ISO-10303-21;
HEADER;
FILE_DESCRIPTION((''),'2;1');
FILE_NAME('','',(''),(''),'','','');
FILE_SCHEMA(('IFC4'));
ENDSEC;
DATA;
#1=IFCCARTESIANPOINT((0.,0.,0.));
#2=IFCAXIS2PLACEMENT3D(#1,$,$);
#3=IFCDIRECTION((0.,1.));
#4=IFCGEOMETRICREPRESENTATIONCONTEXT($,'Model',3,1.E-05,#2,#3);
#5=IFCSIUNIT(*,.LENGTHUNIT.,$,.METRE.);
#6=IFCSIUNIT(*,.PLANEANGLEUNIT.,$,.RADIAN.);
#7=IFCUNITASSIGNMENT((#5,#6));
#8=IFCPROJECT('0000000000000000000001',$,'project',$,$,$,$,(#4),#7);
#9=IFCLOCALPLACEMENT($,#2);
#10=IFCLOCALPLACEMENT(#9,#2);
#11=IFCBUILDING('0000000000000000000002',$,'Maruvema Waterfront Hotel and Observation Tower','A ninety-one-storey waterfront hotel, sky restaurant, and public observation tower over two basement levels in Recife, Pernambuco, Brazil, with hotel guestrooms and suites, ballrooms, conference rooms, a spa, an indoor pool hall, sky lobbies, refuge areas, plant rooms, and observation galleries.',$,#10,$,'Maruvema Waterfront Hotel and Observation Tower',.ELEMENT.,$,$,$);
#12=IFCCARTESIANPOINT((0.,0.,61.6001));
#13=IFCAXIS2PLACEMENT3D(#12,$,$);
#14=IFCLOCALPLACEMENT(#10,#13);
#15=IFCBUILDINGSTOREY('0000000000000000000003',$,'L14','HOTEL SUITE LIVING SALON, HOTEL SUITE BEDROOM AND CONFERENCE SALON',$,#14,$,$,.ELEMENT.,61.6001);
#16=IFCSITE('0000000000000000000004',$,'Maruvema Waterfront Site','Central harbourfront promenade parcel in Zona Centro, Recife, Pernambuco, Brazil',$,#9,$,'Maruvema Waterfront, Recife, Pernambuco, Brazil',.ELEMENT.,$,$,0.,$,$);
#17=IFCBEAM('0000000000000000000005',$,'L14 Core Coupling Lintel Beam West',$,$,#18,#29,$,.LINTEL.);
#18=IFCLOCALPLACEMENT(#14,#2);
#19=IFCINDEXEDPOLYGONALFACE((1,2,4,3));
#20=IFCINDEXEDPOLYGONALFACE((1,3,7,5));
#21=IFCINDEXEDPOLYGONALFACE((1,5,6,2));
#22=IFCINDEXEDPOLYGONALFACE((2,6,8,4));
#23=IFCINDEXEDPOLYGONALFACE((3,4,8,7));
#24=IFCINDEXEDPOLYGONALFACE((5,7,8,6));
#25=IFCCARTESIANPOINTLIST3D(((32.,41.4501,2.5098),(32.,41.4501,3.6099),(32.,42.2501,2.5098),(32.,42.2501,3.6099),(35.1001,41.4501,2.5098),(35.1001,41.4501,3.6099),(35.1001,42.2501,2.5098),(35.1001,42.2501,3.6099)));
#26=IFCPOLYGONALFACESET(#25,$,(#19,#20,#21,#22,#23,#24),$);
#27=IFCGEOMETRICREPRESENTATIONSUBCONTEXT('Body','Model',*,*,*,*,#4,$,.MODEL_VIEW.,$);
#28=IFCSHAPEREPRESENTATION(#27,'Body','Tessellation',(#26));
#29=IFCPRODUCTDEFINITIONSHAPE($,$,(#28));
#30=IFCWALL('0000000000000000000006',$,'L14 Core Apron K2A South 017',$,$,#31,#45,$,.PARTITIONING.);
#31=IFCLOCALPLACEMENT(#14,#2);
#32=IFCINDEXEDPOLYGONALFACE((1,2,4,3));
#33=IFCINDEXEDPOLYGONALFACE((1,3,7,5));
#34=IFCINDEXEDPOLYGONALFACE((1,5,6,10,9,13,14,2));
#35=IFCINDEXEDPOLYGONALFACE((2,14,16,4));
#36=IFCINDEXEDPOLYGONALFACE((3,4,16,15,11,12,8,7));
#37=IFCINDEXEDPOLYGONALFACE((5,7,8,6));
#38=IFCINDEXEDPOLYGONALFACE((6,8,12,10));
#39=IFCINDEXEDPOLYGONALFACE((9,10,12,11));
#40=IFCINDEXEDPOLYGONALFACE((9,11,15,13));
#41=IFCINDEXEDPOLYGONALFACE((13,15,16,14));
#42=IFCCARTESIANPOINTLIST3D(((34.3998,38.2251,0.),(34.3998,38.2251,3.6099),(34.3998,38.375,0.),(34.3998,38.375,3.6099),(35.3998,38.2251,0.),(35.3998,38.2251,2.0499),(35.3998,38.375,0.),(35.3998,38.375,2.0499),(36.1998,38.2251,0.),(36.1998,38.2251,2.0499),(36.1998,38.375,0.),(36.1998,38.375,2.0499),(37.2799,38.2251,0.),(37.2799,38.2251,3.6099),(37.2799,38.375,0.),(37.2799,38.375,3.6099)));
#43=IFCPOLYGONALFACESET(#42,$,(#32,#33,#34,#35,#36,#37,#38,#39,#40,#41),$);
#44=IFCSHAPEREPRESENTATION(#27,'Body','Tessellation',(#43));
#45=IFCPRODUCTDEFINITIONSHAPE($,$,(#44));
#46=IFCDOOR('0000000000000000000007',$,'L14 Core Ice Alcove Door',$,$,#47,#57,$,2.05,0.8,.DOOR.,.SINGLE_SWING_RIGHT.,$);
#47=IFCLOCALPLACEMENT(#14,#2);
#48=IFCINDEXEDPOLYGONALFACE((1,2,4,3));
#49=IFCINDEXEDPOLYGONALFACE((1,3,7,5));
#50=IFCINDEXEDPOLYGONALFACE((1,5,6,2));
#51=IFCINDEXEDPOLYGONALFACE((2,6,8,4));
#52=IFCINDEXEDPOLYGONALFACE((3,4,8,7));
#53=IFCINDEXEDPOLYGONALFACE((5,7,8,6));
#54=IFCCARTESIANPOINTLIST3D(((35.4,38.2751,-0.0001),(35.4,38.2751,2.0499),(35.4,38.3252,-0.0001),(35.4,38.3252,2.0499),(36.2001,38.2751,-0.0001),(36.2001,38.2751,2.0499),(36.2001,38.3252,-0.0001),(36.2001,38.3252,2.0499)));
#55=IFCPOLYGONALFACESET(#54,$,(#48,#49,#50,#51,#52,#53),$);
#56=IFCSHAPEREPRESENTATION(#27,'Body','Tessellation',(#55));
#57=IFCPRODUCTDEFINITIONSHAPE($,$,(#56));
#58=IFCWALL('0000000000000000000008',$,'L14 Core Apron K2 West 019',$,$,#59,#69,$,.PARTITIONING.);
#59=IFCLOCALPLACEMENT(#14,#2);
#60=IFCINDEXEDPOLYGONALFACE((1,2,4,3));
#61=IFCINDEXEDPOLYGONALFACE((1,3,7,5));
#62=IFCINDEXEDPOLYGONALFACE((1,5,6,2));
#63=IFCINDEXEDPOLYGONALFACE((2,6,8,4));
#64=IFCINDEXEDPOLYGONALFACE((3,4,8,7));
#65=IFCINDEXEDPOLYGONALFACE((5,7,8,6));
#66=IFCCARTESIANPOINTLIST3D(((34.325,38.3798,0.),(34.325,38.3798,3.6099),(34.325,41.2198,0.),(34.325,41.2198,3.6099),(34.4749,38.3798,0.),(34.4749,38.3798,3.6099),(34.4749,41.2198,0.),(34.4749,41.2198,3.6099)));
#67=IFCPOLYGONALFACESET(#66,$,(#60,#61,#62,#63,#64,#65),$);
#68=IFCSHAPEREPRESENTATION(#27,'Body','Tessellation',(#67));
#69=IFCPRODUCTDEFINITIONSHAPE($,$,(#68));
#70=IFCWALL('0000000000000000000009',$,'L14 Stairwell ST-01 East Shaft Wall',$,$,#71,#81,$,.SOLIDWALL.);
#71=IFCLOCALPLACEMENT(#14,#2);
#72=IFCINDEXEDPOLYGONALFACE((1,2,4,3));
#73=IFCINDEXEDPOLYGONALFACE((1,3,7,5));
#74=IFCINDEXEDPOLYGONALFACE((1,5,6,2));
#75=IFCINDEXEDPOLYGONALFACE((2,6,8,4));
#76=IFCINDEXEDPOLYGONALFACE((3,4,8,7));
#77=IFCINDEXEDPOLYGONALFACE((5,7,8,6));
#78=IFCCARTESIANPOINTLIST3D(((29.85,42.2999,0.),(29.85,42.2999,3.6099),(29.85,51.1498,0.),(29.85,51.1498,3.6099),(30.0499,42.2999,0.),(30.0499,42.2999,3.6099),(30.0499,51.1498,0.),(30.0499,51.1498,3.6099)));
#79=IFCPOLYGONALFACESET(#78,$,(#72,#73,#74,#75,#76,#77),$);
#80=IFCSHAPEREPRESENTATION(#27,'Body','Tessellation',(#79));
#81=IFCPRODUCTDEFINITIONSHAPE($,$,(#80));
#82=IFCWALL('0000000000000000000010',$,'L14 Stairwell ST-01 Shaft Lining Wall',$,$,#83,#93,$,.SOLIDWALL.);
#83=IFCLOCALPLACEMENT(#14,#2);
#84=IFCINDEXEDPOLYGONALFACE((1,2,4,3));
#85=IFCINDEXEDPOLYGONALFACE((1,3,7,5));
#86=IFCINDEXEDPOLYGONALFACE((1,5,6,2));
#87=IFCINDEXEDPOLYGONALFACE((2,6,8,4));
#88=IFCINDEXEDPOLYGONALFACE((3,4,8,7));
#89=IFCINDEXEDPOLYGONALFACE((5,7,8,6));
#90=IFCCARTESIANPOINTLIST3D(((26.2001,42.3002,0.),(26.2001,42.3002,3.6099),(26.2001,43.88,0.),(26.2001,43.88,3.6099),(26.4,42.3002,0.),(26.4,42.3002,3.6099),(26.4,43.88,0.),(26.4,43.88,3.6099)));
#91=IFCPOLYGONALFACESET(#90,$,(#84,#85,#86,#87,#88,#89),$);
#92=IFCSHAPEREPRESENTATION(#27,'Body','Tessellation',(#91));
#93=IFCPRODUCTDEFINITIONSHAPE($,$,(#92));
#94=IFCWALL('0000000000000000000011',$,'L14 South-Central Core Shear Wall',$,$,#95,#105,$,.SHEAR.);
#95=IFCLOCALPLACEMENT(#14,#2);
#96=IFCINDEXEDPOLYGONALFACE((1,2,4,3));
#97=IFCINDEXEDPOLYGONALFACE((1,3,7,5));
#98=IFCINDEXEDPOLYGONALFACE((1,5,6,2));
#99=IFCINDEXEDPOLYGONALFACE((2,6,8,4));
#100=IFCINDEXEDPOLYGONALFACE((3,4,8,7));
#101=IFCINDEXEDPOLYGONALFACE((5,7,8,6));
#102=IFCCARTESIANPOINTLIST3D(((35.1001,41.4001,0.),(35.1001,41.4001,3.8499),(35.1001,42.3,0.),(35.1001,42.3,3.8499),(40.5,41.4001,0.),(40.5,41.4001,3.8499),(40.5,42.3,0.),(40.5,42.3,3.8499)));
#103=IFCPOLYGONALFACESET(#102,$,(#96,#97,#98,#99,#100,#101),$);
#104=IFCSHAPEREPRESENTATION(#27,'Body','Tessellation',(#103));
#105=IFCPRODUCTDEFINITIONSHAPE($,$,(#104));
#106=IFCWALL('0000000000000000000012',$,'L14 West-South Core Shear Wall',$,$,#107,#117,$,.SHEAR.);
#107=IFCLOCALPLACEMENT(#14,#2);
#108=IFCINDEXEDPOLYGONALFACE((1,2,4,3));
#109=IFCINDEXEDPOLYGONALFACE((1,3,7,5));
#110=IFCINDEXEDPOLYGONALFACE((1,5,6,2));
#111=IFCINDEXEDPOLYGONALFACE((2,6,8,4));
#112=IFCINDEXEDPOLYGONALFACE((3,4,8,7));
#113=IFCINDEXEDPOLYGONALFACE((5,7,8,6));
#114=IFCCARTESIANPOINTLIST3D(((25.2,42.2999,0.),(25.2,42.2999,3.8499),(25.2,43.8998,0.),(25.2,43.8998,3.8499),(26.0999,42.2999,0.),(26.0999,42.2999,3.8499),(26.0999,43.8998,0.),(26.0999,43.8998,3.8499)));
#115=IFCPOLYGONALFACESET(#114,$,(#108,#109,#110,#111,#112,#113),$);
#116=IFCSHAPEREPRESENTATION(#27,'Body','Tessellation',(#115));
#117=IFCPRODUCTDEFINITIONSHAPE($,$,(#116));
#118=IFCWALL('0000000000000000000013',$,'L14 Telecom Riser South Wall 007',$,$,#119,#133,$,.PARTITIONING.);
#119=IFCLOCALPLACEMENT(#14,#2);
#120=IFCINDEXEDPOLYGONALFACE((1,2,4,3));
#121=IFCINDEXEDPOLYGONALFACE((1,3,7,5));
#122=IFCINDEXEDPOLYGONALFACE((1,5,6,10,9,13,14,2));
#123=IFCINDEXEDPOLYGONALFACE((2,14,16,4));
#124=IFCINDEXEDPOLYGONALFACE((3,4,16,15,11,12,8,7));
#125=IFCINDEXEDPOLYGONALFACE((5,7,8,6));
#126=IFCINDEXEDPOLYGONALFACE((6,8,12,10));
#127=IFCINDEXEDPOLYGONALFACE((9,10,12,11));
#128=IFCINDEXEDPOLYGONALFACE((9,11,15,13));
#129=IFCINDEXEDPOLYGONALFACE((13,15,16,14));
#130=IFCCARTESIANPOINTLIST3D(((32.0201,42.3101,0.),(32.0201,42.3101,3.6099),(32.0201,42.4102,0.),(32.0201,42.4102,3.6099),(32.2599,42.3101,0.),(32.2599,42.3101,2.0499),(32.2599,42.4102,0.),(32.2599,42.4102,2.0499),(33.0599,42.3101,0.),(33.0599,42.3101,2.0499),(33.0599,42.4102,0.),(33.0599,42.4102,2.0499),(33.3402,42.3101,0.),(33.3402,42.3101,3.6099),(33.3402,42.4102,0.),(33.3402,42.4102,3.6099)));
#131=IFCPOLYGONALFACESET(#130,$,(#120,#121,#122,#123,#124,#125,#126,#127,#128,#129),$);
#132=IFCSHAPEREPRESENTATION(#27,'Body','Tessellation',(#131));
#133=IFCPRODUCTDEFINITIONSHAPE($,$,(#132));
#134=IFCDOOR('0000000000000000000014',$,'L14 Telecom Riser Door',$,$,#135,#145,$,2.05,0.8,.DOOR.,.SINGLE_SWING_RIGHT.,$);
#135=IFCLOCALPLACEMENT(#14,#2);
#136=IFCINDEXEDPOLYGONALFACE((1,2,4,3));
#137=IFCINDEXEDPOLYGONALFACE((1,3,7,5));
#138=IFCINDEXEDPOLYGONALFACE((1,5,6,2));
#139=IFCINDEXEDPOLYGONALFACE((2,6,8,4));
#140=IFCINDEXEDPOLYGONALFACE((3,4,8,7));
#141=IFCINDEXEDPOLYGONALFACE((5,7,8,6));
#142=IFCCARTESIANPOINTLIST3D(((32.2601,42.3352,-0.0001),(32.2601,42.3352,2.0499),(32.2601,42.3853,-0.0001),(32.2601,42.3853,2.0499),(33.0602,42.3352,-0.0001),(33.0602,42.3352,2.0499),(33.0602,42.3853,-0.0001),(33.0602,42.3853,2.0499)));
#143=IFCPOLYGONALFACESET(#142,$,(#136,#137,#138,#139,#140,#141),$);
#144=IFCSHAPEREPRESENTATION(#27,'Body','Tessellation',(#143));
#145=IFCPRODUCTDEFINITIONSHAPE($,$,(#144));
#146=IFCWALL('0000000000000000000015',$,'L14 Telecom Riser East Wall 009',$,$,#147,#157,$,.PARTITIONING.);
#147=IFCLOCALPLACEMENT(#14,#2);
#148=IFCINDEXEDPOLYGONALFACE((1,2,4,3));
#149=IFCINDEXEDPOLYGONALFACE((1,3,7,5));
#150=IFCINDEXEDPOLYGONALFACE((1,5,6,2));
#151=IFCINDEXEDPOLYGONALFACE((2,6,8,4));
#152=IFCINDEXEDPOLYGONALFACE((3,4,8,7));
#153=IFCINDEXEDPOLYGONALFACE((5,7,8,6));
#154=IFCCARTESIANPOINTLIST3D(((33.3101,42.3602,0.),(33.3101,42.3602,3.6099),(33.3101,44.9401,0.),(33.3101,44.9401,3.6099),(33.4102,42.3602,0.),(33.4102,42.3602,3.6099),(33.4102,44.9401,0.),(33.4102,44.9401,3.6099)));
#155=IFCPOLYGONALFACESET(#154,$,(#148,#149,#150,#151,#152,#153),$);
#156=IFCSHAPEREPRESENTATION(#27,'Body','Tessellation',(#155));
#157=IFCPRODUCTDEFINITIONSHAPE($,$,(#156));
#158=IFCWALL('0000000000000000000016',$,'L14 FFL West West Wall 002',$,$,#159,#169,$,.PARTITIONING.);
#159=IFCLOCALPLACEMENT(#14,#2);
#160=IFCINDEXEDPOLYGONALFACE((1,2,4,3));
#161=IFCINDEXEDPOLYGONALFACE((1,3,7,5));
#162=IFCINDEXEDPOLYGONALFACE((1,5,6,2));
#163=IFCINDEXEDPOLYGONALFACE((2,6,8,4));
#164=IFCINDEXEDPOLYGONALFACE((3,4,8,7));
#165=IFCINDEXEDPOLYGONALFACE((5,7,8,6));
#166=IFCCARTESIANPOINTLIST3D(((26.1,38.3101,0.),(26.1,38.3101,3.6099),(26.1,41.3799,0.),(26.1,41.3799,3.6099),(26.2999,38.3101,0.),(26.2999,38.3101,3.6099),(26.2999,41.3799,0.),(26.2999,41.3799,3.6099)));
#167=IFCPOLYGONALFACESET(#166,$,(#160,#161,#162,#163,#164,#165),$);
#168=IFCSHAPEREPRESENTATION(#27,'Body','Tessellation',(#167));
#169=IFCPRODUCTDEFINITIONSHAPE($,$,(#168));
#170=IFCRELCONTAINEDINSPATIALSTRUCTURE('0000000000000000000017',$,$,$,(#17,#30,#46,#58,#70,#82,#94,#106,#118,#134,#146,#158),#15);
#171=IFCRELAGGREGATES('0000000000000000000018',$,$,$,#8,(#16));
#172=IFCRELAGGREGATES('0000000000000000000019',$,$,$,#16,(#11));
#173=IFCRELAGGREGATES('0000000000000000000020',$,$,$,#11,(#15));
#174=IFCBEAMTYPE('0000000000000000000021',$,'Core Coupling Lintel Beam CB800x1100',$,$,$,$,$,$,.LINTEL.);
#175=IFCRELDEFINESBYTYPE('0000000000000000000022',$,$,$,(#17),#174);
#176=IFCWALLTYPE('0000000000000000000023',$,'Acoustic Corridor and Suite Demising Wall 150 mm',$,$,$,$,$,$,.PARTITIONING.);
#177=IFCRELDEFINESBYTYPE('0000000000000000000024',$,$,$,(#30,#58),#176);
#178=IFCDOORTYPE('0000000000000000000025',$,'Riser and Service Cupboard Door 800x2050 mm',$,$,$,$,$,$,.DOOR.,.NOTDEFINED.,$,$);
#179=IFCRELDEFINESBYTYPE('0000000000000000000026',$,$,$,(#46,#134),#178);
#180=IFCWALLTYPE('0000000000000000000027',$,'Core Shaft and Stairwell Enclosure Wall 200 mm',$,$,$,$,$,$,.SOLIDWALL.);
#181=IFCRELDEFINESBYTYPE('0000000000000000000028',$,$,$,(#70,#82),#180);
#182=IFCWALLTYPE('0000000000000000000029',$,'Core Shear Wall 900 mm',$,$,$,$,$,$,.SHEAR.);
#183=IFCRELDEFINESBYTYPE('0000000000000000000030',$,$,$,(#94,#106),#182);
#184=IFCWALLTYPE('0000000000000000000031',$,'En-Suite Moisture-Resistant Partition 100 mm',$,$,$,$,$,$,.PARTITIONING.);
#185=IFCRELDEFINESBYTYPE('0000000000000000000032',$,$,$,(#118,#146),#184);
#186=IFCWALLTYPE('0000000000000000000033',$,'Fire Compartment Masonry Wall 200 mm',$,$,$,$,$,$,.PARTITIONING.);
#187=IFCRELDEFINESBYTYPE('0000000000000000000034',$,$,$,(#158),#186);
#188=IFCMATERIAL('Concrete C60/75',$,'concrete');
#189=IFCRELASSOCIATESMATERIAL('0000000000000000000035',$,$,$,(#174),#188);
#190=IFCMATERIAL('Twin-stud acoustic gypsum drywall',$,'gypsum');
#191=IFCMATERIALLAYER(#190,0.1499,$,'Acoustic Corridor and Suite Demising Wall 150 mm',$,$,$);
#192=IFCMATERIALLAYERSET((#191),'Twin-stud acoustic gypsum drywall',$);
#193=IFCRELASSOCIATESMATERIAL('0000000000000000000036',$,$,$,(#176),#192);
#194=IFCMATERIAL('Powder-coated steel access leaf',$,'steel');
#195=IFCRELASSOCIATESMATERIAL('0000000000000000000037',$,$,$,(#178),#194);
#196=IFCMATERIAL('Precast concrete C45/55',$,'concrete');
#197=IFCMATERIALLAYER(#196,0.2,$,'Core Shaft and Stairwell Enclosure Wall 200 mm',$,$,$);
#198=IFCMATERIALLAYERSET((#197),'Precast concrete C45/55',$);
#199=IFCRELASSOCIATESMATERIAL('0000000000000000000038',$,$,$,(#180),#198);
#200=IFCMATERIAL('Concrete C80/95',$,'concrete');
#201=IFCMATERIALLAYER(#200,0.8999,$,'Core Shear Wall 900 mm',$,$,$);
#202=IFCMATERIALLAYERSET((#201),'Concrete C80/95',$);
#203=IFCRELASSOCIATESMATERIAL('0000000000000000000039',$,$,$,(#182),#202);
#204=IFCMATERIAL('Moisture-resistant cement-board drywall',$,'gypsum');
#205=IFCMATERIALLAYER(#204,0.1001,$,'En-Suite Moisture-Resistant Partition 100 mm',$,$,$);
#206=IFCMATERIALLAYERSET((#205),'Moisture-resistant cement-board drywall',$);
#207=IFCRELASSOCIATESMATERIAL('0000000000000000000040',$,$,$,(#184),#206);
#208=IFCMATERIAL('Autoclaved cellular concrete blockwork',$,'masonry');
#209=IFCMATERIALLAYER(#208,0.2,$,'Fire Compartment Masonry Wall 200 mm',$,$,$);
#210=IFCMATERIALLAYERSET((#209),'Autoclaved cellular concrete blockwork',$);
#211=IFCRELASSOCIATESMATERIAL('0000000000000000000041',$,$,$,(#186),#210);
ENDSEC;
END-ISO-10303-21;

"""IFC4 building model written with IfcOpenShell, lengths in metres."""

from ifc_helpers import new_model, si_unit, direction, frame, frame_2d, origin, origin_2d, place, context, subcontext, project, spatial, rectangle, extrude, material, layer, layer_set, material_profile, profile_set, type_object, element, fill, save


model = new_model("IFC4")

# Units and contexts
model_context = context("Model", 3, precision=1e-05, world=origin(), true_north=direction((0.0, 1.0)))
body_context = subcontext(model_context, "Body", "Model", "MODEL_VIEW")
ifc_project = project(units=[si_unit("LENGTHUNIT", "METRE"), si_unit("PLANEANGLEUNIT", "RADIAN")], contexts=[model_context])

# Site, building, storey
site_placement = place(None, origin())
site = spatial("IfcSite", under=ifc_project, at=site_placement, Name="Maruvema Waterfront Site", Description="Central harbourfront promenade parcel in Zona Centro, Recife, Pernambuco, Brazil", LongName="Maruvema Waterfront, Recife, Pernambuco, Brazil", CompositionType="ELEMENT", RefElevation=0.0)
building_placement = place(site_placement, origin())
building = spatial("IfcBuilding", under=site, at=building_placement, Name="Maruvema Waterfront Hotel and Observation Tower", Description="A ninety-one-storey waterfront hotel, sky restaurant, and public observation tower over two basement levels in Recife, Pernambuco, Brazil, with hotel guestrooms and suites, ballrooms, conference rooms, a spa, an indoor pool hall, sky lobbies, refuge areas, plant rooms, and observation galleries.", LongName="Maruvema Waterfront Hotel and Observation Tower", CompositionType="ELEMENT")
storey_placement = place(building_placement, frame((0.0, 0.0, 61.6001)))
storey = spatial("IfcBuildingStorey", under=building, at=storey_placement, Name="L14", Description="HOTEL SUITE LIVING SALON, HOTEL SUITE BEDROOM AND CONFERENCE SALON", CompositionType="ELEMENT", Elevation=61.6001)

# Beam
ifc_material_1 = material(Name="Concrete C60/75", Category="concrete")
ifc_material_profile = material_profile(ifc_material_1, rectangle(XDim=0.8, YDim=1.1001, at=origin_2d()), Name="CB800x1100")
ifc_profile_set = profile_set([ifc_material_profile], Name="Concrete C60/75")
beam_type = type_object("IfcBeamType", Name="Core Coupling Lintel Beam CB800x1100", PredefinedType="LINTEL", material=ifc_profile_set)
beam_placement = place(storey_placement, frame((32.0, 41.8501, 3.0598), z_axis=(1.0, 0.0, 0.0), x_axis=(0.0, 1.0, 0.0)))
element("IfcBeam", 1, at=beam_placement, inside=storey, type_object=beam_type, Name="L14 Core Coupling Lintel Beam West", PredefinedType="LINTEL", context=body_context, shape_type="SweptSolid", body=[
    extrude(rectangle(XDim=0.8, YDim=1.1001, at=origin_2d()), origin(), (0.0, 0.0, 1.0), 3.1001),
])

# Wall, opening, door
ifc_material_2 = material(Name="Twin-stud acoustic gypsum drywall", Category="gypsum")
ifc_layer_1 = layer(ifc_material_2, 0.1499, Name="Acoustic Corridor and Suite Demising Wall 150 mm")
ifc_layer_set_1 = layer_set([ifc_layer_1], Name="Twin-stud acoustic gypsum drywall")
wall_type_1 = type_object("IfcWallType", Name="Acoustic Corridor and Suite Demising Wall 150 mm", PredefinedType="PARTITIONING", material=ifc_layer_set_1)
wall_1_placement = place(storey_placement, frame((34.3999, 38.3, 0.0), z_axis=(0.0, 0.0, 1.0), x_axis=(1.0, 0.0, 0.0)))
wall_1 = element("IfcWall", 2, at=wall_1_placement, inside=storey, type_object=wall_type_1, Name="L14 Core Apron K2A South 017", PredefinedType="PARTITIONING", context=body_context, shape_type="SweptSolid", body=[
    extrude(rectangle(XDim=2.8801, YDim=0.1499, at=frame_2d((1.4399, 0.0))), origin(), (0.0, 0.0, 1.0), 3.6099),
])
opening_1_placement = place(wall_1_placement, frame((1.0, 0.0, 0.0)))
opening_1 = element("IfcOpeningElement", 3, at=opening_1_placement, cuts=wall_1, PredefinedType="OPENING", context=body_context, shape_type="SweptSolid", body=[
    extrude(rectangle(XDim=0.8, YDim=2.05, at=frame_2d((0.3999, 1.0249))), frame((0.0, 0.085, 0.0), z_axis=(0.0, -1.0, 0.0), x_axis=(1.0, 0.0, 0.0)), (0.0, 0.0, 1.0), 0.1699),
])
ifc_material_3 = material(Name="Powder-coated steel access leaf", Category="steel")
door_type_1 = type_object("IfcDoorType", Name="Riser and Service Cupboard Door 800x2050 mm", OperationType="NOTDEFINED", PredefinedType="DOOR", material=ifc_material_3)
door_1_placement = place(opening_1_placement, frame((0.8, 0.0, 0.0), z_axis=(0.0, 0.0, 1.0), x_axis=(-1.0, 0.0, 0.0)))
door_1 = element("IfcDoor", 4, at=door_1_placement, inside=storey, type_object=door_type_1, Name="L14 Core Ice Alcove Door", OperationType="SINGLE_SWING_RIGHT", OverallHeight=2.05, OverallWidth=0.8, PredefinedType="DOOR", context=body_context, shape_type="SweptSolid", body=[
    extrude(rectangle(XDim=0.8, YDim=2.05, at=frame_2d((0.3999, 1.0249))), frame((0.0, 0.0249, 0.0), z_axis=(0.0, -1.0, 0.0), x_axis=(1.0, 0.0, 0.0)), (0.0, 0.0, 1.0), 0.05),
])
fill(opening_1, door_1)

# Walls
wall_2_placement = place(storey_placement, frame((34.3999, 38.3799, 0.0), z_axis=(0.0, 0.0, 1.0), x_axis=(0.0, 1.0, 0.0)))
element("IfcWall", 5, at=wall_2_placement, inside=storey, type_object=wall_type_1, Name="L14 Core Apron K2 West 019", PredefinedType="PARTITIONING", context=body_context, shape_type="SweptSolid", body=[
    extrude(rectangle(XDim=2.8401, YDim=0.1499, at=frame_2d((1.4199, 0.0))), origin(), (0.0, 0.0, 1.0), 3.6099),
])
ifc_material_4 = material(Name="Precast concrete C45/55", Category="concrete")
ifc_layer_2 = layer(ifc_material_4, 0.2, Name="Core Shaft and Stairwell Enclosure Wall 200 mm")
ifc_layer_set_2 = layer_set([ifc_layer_2], Name="Precast concrete C45/55")
wall_type_2 = type_object("IfcWallType", Name="Core Shaft and Stairwell Enclosure Wall 200 mm", PredefinedType="SOLIDWALL", material=ifc_layer_set_2)
wall_3_placement = place(storey_placement, frame((29.95, 42.3, 0.0), z_axis=(0.0, 0.0, 1.0), x_axis=(0.0, 1.0, 0.0)))
element("IfcWall", 6, at=wall_3_placement, inside=storey, type_object=wall_type_2, Name="L14 Stairwell ST-01 East Shaft Wall", PredefinedType="SOLIDWALL", context=body_context, shape_type="SweptSolid", body=[
    extrude(rectangle(XDim=8.8499, YDim=0.2, at=frame_2d((4.4248, 0.0))), origin(), (0.0, 0.0, 1.0), 3.6099),
])
wall_4_placement = place(storey_placement, frame((26.3, 42.3, 0.0), z_axis=(0.0, 0.0, 1.0), x_axis=(0.0, 1.0, 0.0)))
element("IfcWall", 7, at=wall_4_placement, inside=storey, type_object=wall_type_2, Name="L14 Stairwell ST-01 Shaft Lining Wall", PredefinedType="SOLIDWALL", context=body_context, shape_type="SweptSolid", body=[
    extrude(rectangle(XDim=1.5798, YDim=0.2, at=frame_2d((0.79, 0.0))), origin(), (0.0, 0.0, 1.0), 3.6099),
])

# Shared definitions
ifc_material_5 = material(Name="Concrete C80/95", Category="concrete")
ifc_layer_3 = layer(ifc_material_5, 0.8999, Name="Core Shear Wall 900 mm")
ifc_layer_set_3 = layer_set([ifc_layer_3], Name="Concrete C80/95")
wall_type_3 = type_object("IfcWallType", Name="Core Shear Wall 900 mm", PredefinedType="SHEAR", material=ifc_layer_set_3)

# Walls
wall_5_placement = place(storey_placement, frame((35.1001, 41.8501, 0.0), z_axis=(0.0, 0.0, 1.0), x_axis=(1.0, 0.0, 0.0)))
element("IfcWall", 8, at=wall_5_placement, inside=storey, type_object=wall_type_3, Name="L14 South-Central Core Shear Wall", PredefinedType="SHEAR", context=body_context, shape_type="SweptSolid", body=[
    extrude(rectangle(XDim=5.3999, YDim=0.8999, at=frame_2d((2.7, 0.0))), origin(), (0.0, 0.0, 1.0), 3.8499),
])
wall_6_placement = place(storey_placement, frame((25.6499, 42.3, 0.0), z_axis=(0.0, 0.0, 1.0), x_axis=(0.0, 1.0, 0.0)))
element("IfcWall", 9, at=wall_6_placement, inside=storey, type_object=wall_type_3, Name="L14 West-South Core Shear Wall", PredefinedType="SHEAR", context=body_context, shape_type="SweptSolid", body=[
    extrude(rectangle(XDim=1.5999, YDim=0.8999, at=frame_2d((0.7998, 0.0))), origin(), (0.0, 0.0, 1.0), 3.8499),
])

# Wall, opening, door
ifc_material_6 = material(Name="Moisture-resistant cement-board drywall", Category="gypsum")
ifc_layer_4 = layer(ifc_material_6, 0.1001, Name="En-Suite Moisture-Resistant Partition 100 mm")
ifc_layer_set_4 = layer_set([ifc_layer_4], Name="Moisture-resistant cement-board drywall")
wall_type_4 = type_object("IfcWallType", Name="En-Suite Moisture-Resistant Partition 100 mm", PredefinedType="PARTITIONING", material=ifc_layer_set_4)
wall_7_placement = place(storey_placement, frame((32.02, 42.3601, 0.0), z_axis=(0.0, 0.0, 1.0), x_axis=(1.0, 0.0, 0.0)))
wall_7 = element("IfcWall", 10, at=wall_7_placement, inside=storey, type_object=wall_type_4, Name="L14 Telecom Riser South Wall 007", PredefinedType="PARTITIONING", context=body_context, shape_type="SweptSolid", body=[
    extrude(rectangle(XDim=1.3201, YDim=0.1001, at=frame_2d((0.6602, 0.0))), origin(), (0.0, 0.0, 1.0), 3.6099),
])
opening_2_placement = place(wall_7_placement, frame((0.24, 0.0, 0.0)))
opening_2 = element("IfcOpeningElement", 11, at=opening_2_placement, cuts=wall_7, PredefinedType="OPENING", context=body_context, shape_type="SweptSolid", body=[
    extrude(rectangle(XDim=0.8, YDim=2.05, at=frame_2d((0.3999, 1.0249))), frame((0.0, 0.0601, 0.0), z_axis=(0.0, -1.0, 0.0), x_axis=(1.0, 0.0, 0.0)), (0.0, 0.0, 1.0), 0.1201),
])
door_2_placement = place(opening_2_placement, frame((0.8, 0.0, 0.0), z_axis=(0.0, 0.0, 1.0), x_axis=(-1.0, 0.0, 0.0)))
door_2 = element("IfcDoor", 12, at=door_2_placement, inside=storey, type_object=door_type_1, Name="L14 Telecom Riser Door", OperationType="SINGLE_SWING_RIGHT", OverallHeight=2.05, OverallWidth=0.8, PredefinedType="DOOR", context=body_context, shape_type="SweptSolid", body=[
    extrude(rectangle(XDim=0.8, YDim=2.05, at=frame_2d((0.3999, 1.0249))), frame((0.0, 0.0249, 0.0), z_axis=(0.0, -1.0, 0.0), x_axis=(1.0, 0.0, 0.0)), (0.0, 0.0, 1.0), 0.05),
])
fill(opening_2, door_2)

# Walls
wall_8_placement = place(storey_placement, frame((33.3601, 42.3601, 0.0), z_axis=(0.0, 0.0, 1.0), x_axis=(0.0, 1.0, 0.0)))
element("IfcWall", 13, at=wall_8_placement, inside=storey, type_object=wall_type_4, Name="L14 Telecom Riser East Wall 009", PredefinedType="PARTITIONING", context=body_context, shape_type="SweptSolid", body=[
    extrude(rectangle(XDim=2.5798, YDim=0.1001, at=frame_2d((1.29, 0.0))), origin(), (0.0, 0.0, 1.0), 3.6099),
])
ifc_material_7 = material(Name="Autoclaved cellular concrete blockwork", Category="masonry")
ifc_layer_5 = layer(ifc_material_7, 0.2, Name="Fire Compartment Masonry Wall 200 mm")
ifc_layer_set_5 = layer_set([ifc_layer_5], Name="Autoclaved cellular concrete blockwork")
wall_type_5 = type_object("IfcWallType", Name="Fire Compartment Masonry Wall 200 mm", PredefinedType="PARTITIONING", material=ifc_layer_set_5)
for number, where, z_axis, x_axis, name in (
    (14, (26.2, 38.3101, 0.0), (0.0, 0.0, 1.0), (0.0, 1.0, 0.0), "L14 FFL West West Wall 002"),
):
    element("IfcWall", number, at=place(storey_placement, frame(where, z_axis=z_axis, x_axis=x_axis)), inside=storey, type_object=wall_type_5, Name=name, PredefinedType="PARTITIONING", context=body_context, shape_type="SweptSolid", body=[
        extrude(rectangle(XDim=3.0698, YDim=0.2, at=frame_2d((1.5349, 0.0))), origin(), (0.0, 0.0, 1.0), 3.6099),
    ])

save(model, "model.ifc")
